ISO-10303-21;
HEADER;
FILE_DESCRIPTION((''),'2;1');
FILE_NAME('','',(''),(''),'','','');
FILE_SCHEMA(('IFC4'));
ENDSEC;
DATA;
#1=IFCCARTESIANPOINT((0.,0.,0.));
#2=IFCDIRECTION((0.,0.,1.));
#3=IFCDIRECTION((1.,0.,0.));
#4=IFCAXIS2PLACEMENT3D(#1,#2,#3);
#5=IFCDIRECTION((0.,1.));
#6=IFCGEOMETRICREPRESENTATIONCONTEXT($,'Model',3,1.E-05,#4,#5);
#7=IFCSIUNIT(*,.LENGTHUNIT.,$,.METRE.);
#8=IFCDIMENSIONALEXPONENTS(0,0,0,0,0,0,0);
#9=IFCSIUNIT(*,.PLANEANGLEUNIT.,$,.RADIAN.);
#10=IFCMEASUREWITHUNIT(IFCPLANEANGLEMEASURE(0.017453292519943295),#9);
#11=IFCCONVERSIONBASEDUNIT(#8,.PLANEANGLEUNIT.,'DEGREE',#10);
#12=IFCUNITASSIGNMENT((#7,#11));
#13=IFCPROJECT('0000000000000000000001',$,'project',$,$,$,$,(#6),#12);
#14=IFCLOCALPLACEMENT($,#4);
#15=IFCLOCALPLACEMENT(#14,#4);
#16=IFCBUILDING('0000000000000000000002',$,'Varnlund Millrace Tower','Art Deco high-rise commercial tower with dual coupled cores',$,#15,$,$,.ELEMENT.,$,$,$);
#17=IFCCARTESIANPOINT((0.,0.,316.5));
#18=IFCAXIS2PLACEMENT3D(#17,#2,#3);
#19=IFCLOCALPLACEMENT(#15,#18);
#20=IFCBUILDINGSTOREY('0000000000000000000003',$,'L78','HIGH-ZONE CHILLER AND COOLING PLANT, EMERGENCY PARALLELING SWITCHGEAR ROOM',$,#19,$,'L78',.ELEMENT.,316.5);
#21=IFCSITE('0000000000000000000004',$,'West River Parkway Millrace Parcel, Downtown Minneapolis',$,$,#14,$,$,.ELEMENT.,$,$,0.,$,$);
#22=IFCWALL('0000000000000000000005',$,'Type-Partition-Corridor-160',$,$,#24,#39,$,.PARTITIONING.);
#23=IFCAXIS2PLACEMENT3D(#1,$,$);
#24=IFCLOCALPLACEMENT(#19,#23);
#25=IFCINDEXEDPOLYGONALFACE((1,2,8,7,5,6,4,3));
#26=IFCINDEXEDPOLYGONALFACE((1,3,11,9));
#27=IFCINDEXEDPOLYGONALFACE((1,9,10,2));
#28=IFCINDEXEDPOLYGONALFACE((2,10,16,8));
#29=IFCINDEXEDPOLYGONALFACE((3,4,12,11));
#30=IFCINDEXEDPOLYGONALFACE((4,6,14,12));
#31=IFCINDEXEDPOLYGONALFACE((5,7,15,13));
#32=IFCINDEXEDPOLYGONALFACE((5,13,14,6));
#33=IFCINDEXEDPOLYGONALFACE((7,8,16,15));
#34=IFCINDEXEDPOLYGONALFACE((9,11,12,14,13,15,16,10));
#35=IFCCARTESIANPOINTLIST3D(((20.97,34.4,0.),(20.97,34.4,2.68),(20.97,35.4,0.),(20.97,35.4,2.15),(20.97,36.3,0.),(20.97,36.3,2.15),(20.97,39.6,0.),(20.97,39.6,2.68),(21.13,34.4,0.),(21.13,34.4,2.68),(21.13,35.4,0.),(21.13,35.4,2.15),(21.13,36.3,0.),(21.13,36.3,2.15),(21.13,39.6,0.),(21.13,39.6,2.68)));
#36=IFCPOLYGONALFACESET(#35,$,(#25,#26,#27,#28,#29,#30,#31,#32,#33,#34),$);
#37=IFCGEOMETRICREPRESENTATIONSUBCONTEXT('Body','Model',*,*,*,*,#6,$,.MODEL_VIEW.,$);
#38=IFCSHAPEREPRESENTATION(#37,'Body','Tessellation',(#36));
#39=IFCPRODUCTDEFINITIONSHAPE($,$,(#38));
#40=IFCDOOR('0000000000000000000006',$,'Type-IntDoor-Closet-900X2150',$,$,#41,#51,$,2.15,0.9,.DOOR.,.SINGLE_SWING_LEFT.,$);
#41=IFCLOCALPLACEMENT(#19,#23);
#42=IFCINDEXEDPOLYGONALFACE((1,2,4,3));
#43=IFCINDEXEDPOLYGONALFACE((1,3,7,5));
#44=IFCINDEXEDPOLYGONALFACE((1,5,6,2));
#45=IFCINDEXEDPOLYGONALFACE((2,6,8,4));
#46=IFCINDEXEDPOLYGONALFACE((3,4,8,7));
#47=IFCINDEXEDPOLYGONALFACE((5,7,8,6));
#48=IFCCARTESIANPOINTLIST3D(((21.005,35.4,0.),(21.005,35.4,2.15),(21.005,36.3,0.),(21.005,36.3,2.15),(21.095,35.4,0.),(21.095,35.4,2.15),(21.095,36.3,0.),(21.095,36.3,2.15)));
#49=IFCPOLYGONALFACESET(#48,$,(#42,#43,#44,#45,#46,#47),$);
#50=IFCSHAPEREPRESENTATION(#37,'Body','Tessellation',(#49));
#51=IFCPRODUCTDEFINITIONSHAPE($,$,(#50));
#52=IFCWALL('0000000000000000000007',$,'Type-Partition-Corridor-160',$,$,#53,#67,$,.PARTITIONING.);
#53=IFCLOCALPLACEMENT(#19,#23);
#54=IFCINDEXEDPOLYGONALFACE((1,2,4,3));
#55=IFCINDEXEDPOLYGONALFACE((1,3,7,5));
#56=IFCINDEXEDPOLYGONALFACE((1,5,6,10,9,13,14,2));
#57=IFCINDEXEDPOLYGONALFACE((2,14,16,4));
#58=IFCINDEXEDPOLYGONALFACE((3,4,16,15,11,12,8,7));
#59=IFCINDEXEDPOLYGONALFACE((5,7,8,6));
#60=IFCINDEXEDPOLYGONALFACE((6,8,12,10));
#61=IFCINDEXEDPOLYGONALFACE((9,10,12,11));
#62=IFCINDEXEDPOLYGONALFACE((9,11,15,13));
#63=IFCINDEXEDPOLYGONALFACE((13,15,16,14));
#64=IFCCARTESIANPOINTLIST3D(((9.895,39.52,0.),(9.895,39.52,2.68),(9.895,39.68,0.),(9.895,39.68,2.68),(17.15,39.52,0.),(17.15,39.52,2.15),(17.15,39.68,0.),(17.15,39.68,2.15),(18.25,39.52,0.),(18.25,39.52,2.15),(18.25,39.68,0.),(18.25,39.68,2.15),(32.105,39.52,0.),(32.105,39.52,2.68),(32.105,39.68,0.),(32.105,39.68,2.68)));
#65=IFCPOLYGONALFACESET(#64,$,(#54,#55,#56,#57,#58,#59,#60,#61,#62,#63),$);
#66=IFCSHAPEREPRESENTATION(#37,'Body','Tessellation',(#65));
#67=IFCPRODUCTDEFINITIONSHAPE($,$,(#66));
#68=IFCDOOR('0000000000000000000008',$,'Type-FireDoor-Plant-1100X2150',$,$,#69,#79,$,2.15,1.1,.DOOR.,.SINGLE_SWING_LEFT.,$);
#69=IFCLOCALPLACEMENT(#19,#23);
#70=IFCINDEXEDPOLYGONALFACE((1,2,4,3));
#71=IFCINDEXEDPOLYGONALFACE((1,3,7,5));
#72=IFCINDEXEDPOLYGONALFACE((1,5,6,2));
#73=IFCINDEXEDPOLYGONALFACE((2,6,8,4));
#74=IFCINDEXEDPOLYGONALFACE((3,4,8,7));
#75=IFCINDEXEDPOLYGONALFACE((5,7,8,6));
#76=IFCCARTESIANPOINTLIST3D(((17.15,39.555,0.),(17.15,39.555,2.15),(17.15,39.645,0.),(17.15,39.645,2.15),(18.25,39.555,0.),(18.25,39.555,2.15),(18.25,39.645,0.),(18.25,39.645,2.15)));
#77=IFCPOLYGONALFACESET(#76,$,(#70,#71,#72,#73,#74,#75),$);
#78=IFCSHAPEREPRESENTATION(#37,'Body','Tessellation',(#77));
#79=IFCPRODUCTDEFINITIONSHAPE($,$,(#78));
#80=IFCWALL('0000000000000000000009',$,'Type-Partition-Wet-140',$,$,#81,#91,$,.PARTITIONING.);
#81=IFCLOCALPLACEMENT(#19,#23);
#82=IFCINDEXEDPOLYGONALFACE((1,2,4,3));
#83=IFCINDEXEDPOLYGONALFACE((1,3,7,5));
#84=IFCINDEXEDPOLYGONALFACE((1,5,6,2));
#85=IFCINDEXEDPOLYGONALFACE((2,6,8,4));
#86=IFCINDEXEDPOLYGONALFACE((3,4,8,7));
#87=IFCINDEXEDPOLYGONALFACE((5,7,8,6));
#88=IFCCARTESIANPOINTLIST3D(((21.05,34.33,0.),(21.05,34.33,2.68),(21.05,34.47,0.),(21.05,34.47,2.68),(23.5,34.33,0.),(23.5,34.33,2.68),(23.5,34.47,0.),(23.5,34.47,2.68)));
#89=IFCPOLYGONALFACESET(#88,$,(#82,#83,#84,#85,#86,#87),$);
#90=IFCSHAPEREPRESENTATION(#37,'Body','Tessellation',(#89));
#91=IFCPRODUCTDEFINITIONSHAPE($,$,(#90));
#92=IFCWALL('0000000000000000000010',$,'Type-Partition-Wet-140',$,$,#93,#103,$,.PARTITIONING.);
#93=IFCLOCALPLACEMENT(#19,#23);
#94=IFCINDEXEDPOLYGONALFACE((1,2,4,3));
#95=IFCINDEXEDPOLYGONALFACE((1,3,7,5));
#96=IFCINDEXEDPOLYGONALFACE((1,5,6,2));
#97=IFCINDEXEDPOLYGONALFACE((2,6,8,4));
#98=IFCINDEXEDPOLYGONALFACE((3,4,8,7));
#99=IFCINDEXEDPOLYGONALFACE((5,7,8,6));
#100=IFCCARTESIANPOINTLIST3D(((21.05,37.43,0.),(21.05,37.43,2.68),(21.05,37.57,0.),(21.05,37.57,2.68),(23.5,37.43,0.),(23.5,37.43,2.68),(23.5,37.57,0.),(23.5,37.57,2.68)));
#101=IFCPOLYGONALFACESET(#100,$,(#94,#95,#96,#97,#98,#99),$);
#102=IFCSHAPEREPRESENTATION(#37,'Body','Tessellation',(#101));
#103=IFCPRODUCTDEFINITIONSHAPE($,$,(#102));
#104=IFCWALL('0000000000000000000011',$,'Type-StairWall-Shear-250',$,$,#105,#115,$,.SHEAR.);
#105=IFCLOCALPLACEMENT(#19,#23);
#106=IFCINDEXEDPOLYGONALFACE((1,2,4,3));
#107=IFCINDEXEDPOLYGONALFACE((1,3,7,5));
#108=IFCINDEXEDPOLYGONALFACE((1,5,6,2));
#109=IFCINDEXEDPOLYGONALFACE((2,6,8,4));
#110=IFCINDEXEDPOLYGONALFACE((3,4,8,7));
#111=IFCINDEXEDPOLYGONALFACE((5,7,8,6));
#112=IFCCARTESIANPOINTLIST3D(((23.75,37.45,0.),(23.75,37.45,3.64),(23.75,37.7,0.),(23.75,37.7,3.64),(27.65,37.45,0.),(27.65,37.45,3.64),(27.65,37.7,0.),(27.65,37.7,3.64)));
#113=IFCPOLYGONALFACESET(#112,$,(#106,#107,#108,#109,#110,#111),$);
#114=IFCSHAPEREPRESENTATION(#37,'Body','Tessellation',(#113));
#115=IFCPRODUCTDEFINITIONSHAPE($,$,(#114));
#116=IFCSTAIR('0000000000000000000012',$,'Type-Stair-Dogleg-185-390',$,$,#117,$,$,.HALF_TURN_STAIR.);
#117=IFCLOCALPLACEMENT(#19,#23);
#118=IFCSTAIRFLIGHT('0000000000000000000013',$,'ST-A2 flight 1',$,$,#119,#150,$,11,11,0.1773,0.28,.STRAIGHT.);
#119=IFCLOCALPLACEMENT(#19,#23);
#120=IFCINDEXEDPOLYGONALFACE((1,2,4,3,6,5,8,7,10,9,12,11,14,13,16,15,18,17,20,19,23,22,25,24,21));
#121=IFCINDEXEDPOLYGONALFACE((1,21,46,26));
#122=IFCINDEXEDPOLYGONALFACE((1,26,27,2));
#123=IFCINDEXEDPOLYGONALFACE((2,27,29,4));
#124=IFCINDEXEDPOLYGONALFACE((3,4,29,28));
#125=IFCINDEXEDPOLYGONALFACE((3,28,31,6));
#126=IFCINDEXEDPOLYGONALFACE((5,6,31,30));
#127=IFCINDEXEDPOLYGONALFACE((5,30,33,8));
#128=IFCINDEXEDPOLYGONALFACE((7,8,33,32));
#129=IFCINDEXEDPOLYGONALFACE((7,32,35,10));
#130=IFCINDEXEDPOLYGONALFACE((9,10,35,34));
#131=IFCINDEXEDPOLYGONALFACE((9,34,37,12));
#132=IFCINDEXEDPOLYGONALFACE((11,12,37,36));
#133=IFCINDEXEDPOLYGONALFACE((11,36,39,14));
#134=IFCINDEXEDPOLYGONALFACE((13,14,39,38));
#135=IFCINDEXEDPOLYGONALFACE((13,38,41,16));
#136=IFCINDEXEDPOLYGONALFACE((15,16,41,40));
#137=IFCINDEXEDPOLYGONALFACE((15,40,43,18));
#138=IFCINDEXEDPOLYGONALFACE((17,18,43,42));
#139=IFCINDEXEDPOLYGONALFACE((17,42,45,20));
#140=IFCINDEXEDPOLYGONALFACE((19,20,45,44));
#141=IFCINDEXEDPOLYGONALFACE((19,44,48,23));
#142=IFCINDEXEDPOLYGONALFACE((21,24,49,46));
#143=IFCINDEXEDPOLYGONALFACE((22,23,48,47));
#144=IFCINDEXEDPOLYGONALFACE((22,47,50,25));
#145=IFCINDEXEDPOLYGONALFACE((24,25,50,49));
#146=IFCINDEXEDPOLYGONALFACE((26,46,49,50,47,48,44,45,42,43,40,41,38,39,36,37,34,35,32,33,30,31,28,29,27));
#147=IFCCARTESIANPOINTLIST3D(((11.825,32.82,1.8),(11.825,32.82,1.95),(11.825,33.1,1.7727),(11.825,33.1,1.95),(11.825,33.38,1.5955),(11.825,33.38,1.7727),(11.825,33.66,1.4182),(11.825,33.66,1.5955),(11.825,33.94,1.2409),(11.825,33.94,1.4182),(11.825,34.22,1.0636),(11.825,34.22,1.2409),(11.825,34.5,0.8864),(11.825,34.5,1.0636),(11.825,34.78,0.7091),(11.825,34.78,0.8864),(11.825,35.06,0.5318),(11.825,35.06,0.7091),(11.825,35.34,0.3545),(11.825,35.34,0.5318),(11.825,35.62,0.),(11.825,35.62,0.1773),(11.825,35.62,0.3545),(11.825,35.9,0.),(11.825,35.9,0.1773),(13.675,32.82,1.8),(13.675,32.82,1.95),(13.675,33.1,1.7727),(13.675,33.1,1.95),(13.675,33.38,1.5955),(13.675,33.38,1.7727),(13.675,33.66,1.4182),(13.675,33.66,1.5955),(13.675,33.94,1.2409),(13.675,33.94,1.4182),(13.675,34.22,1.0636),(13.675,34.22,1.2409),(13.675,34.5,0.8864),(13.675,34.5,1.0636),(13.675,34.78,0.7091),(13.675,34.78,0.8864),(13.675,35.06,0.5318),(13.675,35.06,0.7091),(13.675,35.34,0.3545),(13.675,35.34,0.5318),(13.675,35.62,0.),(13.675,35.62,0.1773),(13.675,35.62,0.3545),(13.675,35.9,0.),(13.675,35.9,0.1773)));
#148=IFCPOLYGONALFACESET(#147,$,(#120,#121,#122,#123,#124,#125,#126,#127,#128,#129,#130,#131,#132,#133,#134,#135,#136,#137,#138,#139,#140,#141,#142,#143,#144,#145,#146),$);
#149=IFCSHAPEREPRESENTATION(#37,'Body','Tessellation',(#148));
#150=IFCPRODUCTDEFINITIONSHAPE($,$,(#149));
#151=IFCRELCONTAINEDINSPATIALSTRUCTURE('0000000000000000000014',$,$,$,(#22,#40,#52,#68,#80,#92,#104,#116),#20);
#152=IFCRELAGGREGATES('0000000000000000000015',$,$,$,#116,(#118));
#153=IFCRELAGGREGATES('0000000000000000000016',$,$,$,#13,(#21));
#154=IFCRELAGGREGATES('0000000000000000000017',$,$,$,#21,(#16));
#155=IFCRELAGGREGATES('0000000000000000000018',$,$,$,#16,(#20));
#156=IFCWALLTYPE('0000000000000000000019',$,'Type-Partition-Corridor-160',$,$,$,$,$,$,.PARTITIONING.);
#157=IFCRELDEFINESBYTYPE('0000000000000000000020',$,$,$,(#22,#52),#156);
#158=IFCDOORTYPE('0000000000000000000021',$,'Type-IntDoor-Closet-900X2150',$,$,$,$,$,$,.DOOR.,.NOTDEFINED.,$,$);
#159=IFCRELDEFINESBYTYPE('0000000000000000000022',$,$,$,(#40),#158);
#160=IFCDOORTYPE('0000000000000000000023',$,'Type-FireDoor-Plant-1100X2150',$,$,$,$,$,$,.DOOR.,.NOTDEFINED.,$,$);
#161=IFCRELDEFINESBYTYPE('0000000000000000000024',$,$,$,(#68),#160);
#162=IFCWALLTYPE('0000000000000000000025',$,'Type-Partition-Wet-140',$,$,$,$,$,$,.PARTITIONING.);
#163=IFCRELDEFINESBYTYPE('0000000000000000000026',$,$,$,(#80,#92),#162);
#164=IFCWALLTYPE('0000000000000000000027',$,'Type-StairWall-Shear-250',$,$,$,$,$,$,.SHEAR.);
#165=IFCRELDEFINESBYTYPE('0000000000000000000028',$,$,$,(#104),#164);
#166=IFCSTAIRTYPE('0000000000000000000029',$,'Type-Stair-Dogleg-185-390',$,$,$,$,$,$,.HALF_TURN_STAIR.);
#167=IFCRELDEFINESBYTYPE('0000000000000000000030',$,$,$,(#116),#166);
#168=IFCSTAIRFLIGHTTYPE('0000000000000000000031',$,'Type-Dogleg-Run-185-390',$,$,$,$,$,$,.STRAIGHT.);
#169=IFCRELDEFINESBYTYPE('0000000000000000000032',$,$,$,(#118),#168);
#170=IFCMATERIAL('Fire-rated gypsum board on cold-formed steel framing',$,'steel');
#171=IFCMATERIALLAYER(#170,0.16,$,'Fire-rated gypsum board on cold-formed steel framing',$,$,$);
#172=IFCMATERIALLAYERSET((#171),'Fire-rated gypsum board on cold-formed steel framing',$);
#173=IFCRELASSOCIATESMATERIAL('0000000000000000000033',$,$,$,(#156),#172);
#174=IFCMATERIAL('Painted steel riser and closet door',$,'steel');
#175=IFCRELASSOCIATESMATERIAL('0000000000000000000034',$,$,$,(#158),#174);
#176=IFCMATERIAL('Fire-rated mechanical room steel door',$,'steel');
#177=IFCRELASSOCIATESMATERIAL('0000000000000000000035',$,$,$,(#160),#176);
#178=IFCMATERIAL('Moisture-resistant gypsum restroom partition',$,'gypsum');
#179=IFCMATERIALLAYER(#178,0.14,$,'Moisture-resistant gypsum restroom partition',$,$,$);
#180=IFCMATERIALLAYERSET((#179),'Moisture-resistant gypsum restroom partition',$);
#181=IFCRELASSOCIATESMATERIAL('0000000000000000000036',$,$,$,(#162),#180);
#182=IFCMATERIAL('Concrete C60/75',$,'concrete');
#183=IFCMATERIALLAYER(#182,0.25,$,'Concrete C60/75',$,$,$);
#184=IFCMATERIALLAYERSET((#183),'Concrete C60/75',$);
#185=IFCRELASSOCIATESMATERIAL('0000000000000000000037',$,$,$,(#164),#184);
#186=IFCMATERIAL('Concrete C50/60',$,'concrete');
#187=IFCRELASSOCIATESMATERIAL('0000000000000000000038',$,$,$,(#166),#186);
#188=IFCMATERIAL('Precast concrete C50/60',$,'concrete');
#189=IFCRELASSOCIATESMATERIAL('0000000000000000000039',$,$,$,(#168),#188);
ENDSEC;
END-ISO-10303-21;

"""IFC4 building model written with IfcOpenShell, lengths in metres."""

from ifc_helpers import new_model, entity, si_unit, converted_unit, direction, frame, origin_with_axes, origin_2d_with_axis, place, context, subcontext, project, spatial, polyline, rectangle, outline, extrude, material, layer, layer_set, type_object, element, fill, aggregate, save


model = new_model("IFC4")

# Units and contexts
model_context = context("Model", 3, precision=1e-05, world=origin_with_axes(), true_north=direction((0.0, 1.0)))
body_context = subcontext(model_context, "Body", "Model", "MODEL_VIEW")
ifc_project = project(units=[si_unit("LENGTHUNIT", "METRE"), converted_unit("PLANEANGLEUNIT", "DEGREE", entity("IfcPlaneAngleMeasure", 0.017453292519943295), si_unit("PLANEANGLEUNIT", "RADIAN"), dimensions=[0, 0, 0, 0, 0, 0, 0])], contexts=[model_context])

# Site, building, storey
site_placement = place(None, origin_with_axes())
site = spatial("IfcSite", under=ifc_project, at=site_placement, Name="West River Parkway Millrace Parcel, Downtown Minneapolis", CompositionType="ELEMENT", RefElevation=0.0)
building_placement = place(site_placement, origin_with_axes())
building = spatial("IfcBuilding", under=site, at=building_placement, Name="Varnlund Millrace Tower", Description="Art Deco high-rise commercial tower with dual coupled cores", CompositionType="ELEMENT")
storey_placement = place(building_placement, frame((0.0, 0.0, 316.5), z_axis=(0.0, 0.0, 1.0), x_axis=(1.0, 0.0, 0.0)))
storey = spatial("IfcBuildingStorey", under=building, at=storey_placement, Name="L78", Description="HIGH-ZONE CHILLER AND COOLING PLANT, EMERGENCY PARALLELING SWITCHGEAR ROOM", LongName="L78", CompositionType="ELEMENT", Elevation=316.5)

# Shared definitions
ifc_material_1 = material(Name="Precast concrete C50/60", Category="concrete")

# Walls, openings, doors
ifc_material_2 = material(Name="Fire-rated gypsum board on cold-formed steel framing", Category="steel")
ifc_layer_1 = layer(ifc_material_2, 0.16, Name="Fire-rated gypsum board on cold-formed steel framing")
ifc_layer_set_1 = layer_set([ifc_layer_1], Name="Fire-rated gypsum board on cold-formed steel framing")
wall_type_1 = type_object("IfcWallType", Name="Type-Partition-Corridor-160", PredefinedType="PARTITIONING", material=ifc_layer_set_1)
wall_1_placement = place(storey_placement, frame((21.05, 34.4, 0.0), z_axis=(0.0, 0.0, 1.0), x_axis=(0.0, 1.0, 0.0)))
wall_1 = element("IfcWall", 1, at=wall_1_placement, inside=storey, type_object=wall_type_1, Name="Type-Partition-Corridor-160", PredefinedType="PARTITIONING", context=body_context, shape_type="SweptSolid", body=[
    extrude(outline(polyline([(0.0, -0.08), (5.2, -0.08), (5.2, 0.08), (0.0, 0.08), (0.0, -0.08)])), origin_with_axes(), (0.0, 0.0, 1.0), 2.68),
])
opening_1_placement = place(wall_1_placement, frame((1.45, 0.0, 0.0), z_axis=(0.0, 0.0, 1.0), x_axis=(1.0, 0.0, 0.0)))
opening_1 = element("IfcOpeningElement", 2, at=opening_1_placement, cuts=wall_1, PredefinedType="OPENING", context=body_context, shape_type="SweptSolid", body=[
    extrude(rectangle(XDim=0.9, YDim=0.18, at=origin_2d_with_axis()), origin_with_axes(), (0.0, 0.0, 1.0), 2.15),
])
ifc_material_3 = material(Name="Painted steel riser and closet door", Category="steel")
door_type_1 = type_object("IfcDoorType", Name="Type-IntDoor-Closet-900X2150", OperationType="NOTDEFINED", PredefinedType="DOOR", material=ifc_material_3)
door_1_placement = place(wall_1_placement, frame((1.45, 0.0, 0.0), z_axis=(0.0, 0.0, 1.0), x_axis=(1.0, 0.0, 0.0)))
door_1 = element("IfcDoor", 3, at=door_1_placement, inside=storey, type_object=door_type_1, Name="Type-IntDoor-Closet-900X2150", OperationType="SINGLE_SWING_LEFT", OverallHeight=2.15, OverallWidth=0.9, PredefinedType="DOOR", context=body_context, shape_type="SweptSolid", body=[
    extrude(rectangle(XDim=0.9, YDim=0.09, at=origin_2d_with_axis()), origin_with_axes(), (0.0, 0.0, 1.0), 2.15),
])
fill(opening_1, door_1)
wall_2_placement = place(storey_placement, frame((9.895, 39.6, 0.0), z_axis=(0.0, 0.0, 1.0), x_axis=(1.0, 0.0, 0.0)))
wall_2 = element("IfcWall", 4, at=wall_2_placement, inside=storey, type_object=wall_type_1, Name="Type-Partition-Corridor-160", PredefinedType="PARTITIONING", context=body_context, shape_type="SweptSolid", body=[
    extrude(outline(polyline([(0.0, -0.08), (22.21, -0.08), (22.21, 0.08), (0.0, 0.08), (0.0, -0.08)])), origin_with_axes(), (0.0, 0.0, 1.0), 2.68),
])
opening_2_placement = place(wall_2_placement, frame((7.805, 0.0, 0.0), z_axis=(0.0, 0.0, 1.0), x_axis=(1.0, 0.0, 0.0)))
opening_2 = element("IfcOpeningElement", 5, at=opening_2_placement, cuts=wall_2, PredefinedType="OPENING", context=body_context, shape_type="SweptSolid", body=[
    extrude(rectangle(XDim=1.1, YDim=0.18, at=origin_2d_with_axis()), origin_with_axes(), (0.0, 0.0, 1.0), 2.15),
])
ifc_material_4 = material(Name="Fire-rated mechanical room steel door", Category="steel")
door_type_2 = type_object("IfcDoorType", Name="Type-FireDoor-Plant-1100X2150", OperationType="NOTDEFINED", PredefinedType="DOOR", material=ifc_material_4)
door_2_placement = place(wall_2_placement, frame((7.805, 0.0, 0.0), z_axis=(0.0, 0.0, 1.0), x_axis=(1.0, 0.0, 0.0)))
door_2 = element("IfcDoor", 6, at=door_2_placement, inside=storey, type_object=door_type_2, Name="Type-FireDoor-Plant-1100X2150", OperationType="SINGLE_SWING_LEFT", OverallHeight=2.15, OverallWidth=1.1, PredefinedType="DOOR", context=body_context, shape_type="SweptSolid", body=[
    extrude(rectangle(XDim=1.1, YDim=0.09, at=origin_2d_with_axis()), origin_with_axes(), (0.0, 0.0, 1.0), 2.15),
])
fill(opening_2, door_2)

# Walls
ifc_material_5 = material(Name="Moisture-resistant gypsum restroom partition", Category="gypsum")
ifc_layer_2 = layer(ifc_material_5, 0.14, Name="Moisture-resistant gypsum restroom partition")
ifc_layer_set_2 = layer_set([ifc_layer_2], Name="Moisture-resistant gypsum restroom partition")
wall_type_2 = type_object("IfcWallType", Name="Type-Partition-Wet-140", PredefinedType="PARTITIONING", material=ifc_layer_set_2)
for number, where, z_axis, x_axis, name in (
    (7, (21.05, 34.4, 0.0), (0.0, 0.0, 1.0), (1.0, 0.0, 0.0), "Type-Partition-Wet-140"),
    (8, (21.05, 37.5, 0.0), (0.0, 0.0, 1.0), (1.0, 0.0, 0.0), "Type-Partition-Wet-140"),
):
    element("IfcWall", number, at=place(storey_placement, frame(where, z_axis=z_axis, x_axis=x_axis)), inside=storey, type_object=wall_type_2, Name=name, PredefinedType="PARTITIONING", context=body_context, shape_type="SweptSolid", body=[
        extrude(outline(polyline([(0.0, -0.07), (2.45, -0.07), (2.45, 0.07), (0.0, 0.07), (0.0, -0.07)])), origin_with_axes(), (0.0, 0.0, 1.0), 2.68),
    ])
ifc_material_6 = material(Name="Concrete C60/75", Category="concrete")
ifc_layer_3 = layer(ifc_material_6, 0.25, Name="Concrete C60/75")
ifc_layer_set_3 = layer_set([ifc_layer_3], Name="Concrete C60/75")
wall_type_3 = type_object("IfcWallType", Name="Type-StairWall-Shear-250", PredefinedType="SHEAR", material=ifc_layer_set_3)
wall_3_placement = place(storey_placement, frame((23.75, 37.575, 0.0), z_axis=(0.0, 0.0, 1.0), x_axis=(1.0, 0.0, 0.0)))
element("IfcWall", 9, at=wall_3_placement, inside=storey, type_object=wall_type_3, Name="Type-StairWall-Shear-250", PredefinedType="SHEAR", context=body_context, shape_type="SweptSolid", body=[
    extrude(outline(polyline([(0.0, -0.125), (3.9, -0.125), (3.9, 0.125), (0.0, 0.125), (0.0, -0.125)])), origin_with_axes(), (0.0, 0.0, 1.0), 3.64),
])

# Stair, stair flight
ifc_material_7 = material(Name="Concrete C50/60", Category="concrete")
stair_type = type_object("IfcStairType", Name="Type-Stair-Dogleg-185-390", PredefinedType="HALF_TURN_STAIR", material=ifc_material_7)
stair_placement = place(storey_placement, origin_with_axes())
stair = element("IfcStair", 10, at=stair_placement, inside=storey, type_object=stair_type, Name="Type-Stair-Dogleg-185-390", PredefinedType="HALF_TURN_STAIR")
stair_flight_type = type_object("IfcStairFlightType", Name="Type-Dogleg-Run-185-390", PredefinedType="STRAIGHT", material=ifc_material_1)
stair_flight_placement = place(storey_placement, frame((13.675, 35.9, 0.0), z_axis=(-1.0, 0.0, 0.0), x_axis=(0.0, -1.0, 0.0)))
stair_flight = element("IfcStairFlight", 11, at=stair_flight_placement, type_object=stair_flight_type, Name="ST-A2 flight 1", NumberOfRisers=11, NumberOfTreads=11, PredefinedType="STRAIGHT", RiserHeight=0.1773, TreadLength=0.28, context=body_context, shape_type="SweptSolid", body=[
    extrude(outline(polyline([(0.0, 0.0), (0.0, 0.1773), (0.28, 0.1773), (0.28, 0.3545), (0.56, 0.3545), (0.56, 0.5318), (0.84, 0.5318), (0.84, 0.7091), (1.12, 0.7091), (1.12, 0.8864), (1.4, 0.8864), (1.4, 1.0636), (1.68, 1.0636), (1.68, 1.2409), (1.96, 1.2409), (1.96, 1.4182), (2.24, 1.4182), (2.24, 1.5955), (2.52, 1.5955), (2.52, 1.7727), (2.8, 1.7727), (2.8, 1.95), (3.08, 1.95), (3.08, 1.8), (0.28, 0.0), (0.0, 0.0)])), origin_with_axes(), (0.0, 0.0, 1.0), 1.85),
])
aggregate(stair, [stair_flight])

save(model, "model.ifc")
